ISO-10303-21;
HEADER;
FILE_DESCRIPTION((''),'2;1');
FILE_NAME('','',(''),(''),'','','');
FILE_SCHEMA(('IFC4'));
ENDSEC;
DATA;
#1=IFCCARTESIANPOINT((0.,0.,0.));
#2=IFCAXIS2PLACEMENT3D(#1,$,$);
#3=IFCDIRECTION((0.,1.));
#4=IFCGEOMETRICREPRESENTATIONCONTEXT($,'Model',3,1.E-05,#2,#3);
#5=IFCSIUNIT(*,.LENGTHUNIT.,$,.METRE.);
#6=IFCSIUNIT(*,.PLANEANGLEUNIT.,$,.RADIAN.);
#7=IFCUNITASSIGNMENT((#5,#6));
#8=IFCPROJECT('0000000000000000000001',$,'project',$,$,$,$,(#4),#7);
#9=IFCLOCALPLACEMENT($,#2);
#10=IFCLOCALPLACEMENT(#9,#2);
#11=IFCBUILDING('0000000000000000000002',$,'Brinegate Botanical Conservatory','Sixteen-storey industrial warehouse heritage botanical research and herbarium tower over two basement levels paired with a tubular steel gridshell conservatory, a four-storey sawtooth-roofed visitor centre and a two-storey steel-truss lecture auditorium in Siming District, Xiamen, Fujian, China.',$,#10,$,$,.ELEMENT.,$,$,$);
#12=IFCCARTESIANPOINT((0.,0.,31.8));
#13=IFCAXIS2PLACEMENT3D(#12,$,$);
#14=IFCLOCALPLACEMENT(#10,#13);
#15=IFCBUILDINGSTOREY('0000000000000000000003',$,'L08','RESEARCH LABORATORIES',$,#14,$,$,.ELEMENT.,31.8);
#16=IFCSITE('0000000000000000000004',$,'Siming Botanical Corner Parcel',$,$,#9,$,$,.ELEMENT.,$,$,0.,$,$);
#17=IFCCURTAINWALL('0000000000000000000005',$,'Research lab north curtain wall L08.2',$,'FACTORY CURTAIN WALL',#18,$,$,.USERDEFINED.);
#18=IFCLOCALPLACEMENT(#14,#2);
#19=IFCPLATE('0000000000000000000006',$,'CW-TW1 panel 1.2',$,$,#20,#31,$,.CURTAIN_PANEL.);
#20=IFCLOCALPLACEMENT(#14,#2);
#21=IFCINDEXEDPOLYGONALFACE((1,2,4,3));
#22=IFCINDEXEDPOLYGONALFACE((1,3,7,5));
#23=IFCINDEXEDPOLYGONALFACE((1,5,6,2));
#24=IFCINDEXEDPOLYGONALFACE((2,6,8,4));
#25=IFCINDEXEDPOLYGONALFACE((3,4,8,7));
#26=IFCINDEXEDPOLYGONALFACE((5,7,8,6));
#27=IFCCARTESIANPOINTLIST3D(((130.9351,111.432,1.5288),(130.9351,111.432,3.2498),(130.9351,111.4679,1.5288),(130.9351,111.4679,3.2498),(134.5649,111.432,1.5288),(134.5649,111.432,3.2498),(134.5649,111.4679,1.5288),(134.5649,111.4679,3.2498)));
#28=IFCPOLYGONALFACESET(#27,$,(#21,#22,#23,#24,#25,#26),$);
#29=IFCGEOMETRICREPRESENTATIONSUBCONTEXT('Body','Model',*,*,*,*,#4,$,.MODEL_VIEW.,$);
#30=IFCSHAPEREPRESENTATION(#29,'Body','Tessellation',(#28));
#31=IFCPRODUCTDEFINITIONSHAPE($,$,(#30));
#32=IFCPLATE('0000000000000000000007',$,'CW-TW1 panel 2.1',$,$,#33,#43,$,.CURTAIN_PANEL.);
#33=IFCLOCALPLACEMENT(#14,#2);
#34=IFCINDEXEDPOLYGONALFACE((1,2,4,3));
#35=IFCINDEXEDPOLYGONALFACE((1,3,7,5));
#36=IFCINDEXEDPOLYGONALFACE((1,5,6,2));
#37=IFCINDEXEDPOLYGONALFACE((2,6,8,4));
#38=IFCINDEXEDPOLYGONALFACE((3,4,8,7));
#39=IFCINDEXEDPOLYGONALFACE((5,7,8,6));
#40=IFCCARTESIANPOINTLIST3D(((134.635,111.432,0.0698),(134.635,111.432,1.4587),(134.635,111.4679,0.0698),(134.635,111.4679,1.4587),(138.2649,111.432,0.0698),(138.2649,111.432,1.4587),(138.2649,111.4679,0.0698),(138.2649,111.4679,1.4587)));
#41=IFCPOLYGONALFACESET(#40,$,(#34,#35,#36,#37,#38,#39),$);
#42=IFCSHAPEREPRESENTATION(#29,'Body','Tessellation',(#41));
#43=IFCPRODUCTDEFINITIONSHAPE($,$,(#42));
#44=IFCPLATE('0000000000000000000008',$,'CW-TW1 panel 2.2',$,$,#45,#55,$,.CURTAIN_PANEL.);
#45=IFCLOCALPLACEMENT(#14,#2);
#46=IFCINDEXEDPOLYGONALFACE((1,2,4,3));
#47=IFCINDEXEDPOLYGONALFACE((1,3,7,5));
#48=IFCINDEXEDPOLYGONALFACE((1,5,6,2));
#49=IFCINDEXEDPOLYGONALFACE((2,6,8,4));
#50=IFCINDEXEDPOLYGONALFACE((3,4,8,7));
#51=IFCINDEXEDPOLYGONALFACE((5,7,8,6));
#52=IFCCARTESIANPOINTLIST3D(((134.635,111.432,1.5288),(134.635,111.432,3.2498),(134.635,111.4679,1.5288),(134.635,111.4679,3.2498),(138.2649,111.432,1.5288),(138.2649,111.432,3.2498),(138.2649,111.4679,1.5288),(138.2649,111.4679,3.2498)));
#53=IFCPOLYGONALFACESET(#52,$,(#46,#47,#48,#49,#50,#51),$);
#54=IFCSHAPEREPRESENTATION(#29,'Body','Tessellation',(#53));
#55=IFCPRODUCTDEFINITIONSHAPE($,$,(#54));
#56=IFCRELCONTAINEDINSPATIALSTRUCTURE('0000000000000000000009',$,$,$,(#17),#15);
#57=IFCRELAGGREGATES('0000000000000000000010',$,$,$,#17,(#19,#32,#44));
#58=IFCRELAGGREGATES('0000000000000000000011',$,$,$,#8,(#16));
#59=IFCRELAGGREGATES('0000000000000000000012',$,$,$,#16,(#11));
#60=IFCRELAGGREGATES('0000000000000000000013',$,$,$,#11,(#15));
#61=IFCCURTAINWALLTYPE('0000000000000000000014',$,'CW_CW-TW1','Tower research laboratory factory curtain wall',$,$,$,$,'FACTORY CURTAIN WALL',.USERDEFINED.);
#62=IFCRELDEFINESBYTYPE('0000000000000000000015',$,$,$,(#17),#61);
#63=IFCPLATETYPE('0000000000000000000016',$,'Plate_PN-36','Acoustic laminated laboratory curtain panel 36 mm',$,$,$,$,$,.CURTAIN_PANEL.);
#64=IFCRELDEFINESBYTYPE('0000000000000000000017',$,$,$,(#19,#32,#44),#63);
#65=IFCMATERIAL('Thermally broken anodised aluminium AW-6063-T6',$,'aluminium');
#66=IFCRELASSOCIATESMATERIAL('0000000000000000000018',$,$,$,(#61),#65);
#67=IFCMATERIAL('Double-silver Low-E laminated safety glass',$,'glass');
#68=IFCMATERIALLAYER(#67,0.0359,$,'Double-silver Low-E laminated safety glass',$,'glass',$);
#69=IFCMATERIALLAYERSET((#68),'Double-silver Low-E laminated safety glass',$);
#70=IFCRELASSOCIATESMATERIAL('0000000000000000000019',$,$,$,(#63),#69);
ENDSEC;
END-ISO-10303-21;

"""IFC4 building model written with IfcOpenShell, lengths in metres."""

from ifc_helpers import new_model, si_unit, direction, frame, origin, origin_2d, place, context, subcontext, project, spatial, rectangle, extrude, material, layer, layer_set, type_object, element, aggregate, save


model = new_model("IFC4")

# Units and contexts
model_context = context("Model", 3, precision=1e-05, world=origin(), true_north=direction((0.0, 1.0)))
body_context = subcontext(model_context, "Body", "Model", "MODEL_VIEW")
ifc_project = project(units=[si_unit("LENGTHUNIT", "METRE"), si_unit("PLANEANGLEUNIT", "RADIAN")], contexts=[model_context])

# Site, building, storey
site_placement = place(None, origin())
site = spatial("IfcSite", under=ifc_project, at=site_placement, Name="Siming Botanical Corner Parcel", CompositionType="ELEMENT", RefElevation=0.0)
building_placement = place(site_placement, origin())
building = spatial("IfcBuilding", under=site, at=building_placement, Name="Brinegate Botanical Conservatory", Description="Sixteen-storey industrial warehouse heritage botanical research and herbarium tower over two basement levels paired with a tubular steel gridshell conservatory, a four-storey sawtooth-roofed visitor centre and a two-storey steel-truss lecture auditorium in Siming District, Xiamen, Fujian, China.", CompositionType="ELEMENT")
storey_placement = place(building_placement, frame((0.0, 0.0, 31.8)))
storey = spatial("IfcBuildingStorey", under=building, at=storey_placement, Name="L08", Description="RESEARCH LABORATORIES", CompositionType="ELEMENT", Elevation=31.8)

# Curtain wall, plates
ifc_material_1 = material(Name="Thermally broken anodised aluminium AW-6063-T6", Category="aluminium")
curtain_wall_type = type_object("IfcCurtainWallType", Name="CW_CW-TW1", Description="Tower research laboratory factory curtain wall", ElementType="FACTORY CURTAIN WALL", PredefinedType="USERDEFINED", material=ifc_material_1)
curtain_wall_placement = place(storey_placement, origin())
curtain_wall = element("IfcCurtainWall", 1, at=curtain_wall_placement, inside=storey, type_object=curtain_wall_type, Name="Research lab north curtain wall L08.2", ObjectType="FACTORY CURTAIN WALL", PredefinedType="USERDEFINED")
ifc_material_2 = material(Name="Double-silver Low-E laminated safety glass", Category="glass")
ifc_layer = layer(ifc_material_2, 0.0359, Name="Double-silver Low-E laminated safety glass", Category="glass")
ifc_layer_set = layer_set([ifc_layer], Name="Double-silver Low-E laminated safety glass")
plate_type = type_object("IfcPlateType", Name="Plate_PN-36", Description="Acoustic laminated laboratory curtain panel 36 mm", PredefinedType="CURTAIN_PANEL", material=ifc_layer_set)
plate_1_placement = place(storey_placement, frame((132.75, 111.45, 1.5288), z_axis=(0.0, 0.0, 1.0), x_axis=(1.0, 0.0, 0.0)))
plate_1 = element("IfcPlate", 2, at=plate_1_placement, type_object=plate_type, Name="CW-TW1 panel 1.2", PredefinedType="CURTAIN_PANEL", context=body_context, shape_type="SweptSolid", body=[
    extrude(rectangle(XDim=3.6299, YDim=0.0359, at=origin_2d()), origin(), (0.0, 0.0, 1.0), 1.7209),
])
plate_2_placement = place(storey_placement, frame((136.45, 111.45, 0.0698), z_axis=(0.0, 0.0, 1.0), x_axis=(1.0, 0.0, 0.0)))
plate_2 = element("IfcPlate", 3, at=plate_2_placement, type_object=plate_type, Name="CW-TW1 panel 2.1", PredefinedType="CURTAIN_PANEL", context=body_context, shape_type="SweptSolid", body=[
    extrude(rectangle(XDim=3.6299, YDim=0.0359, at=origin_2d()), origin(), (0.0, 0.0, 1.0), 1.3889),
])
plate_3_placement = place(storey_placement, frame((136.45, 111.45, 1.5288), z_axis=(0.0, 0.0, 1.0), x_axis=(1.0, 0.0, 0.0)))
plate_3 = element("IfcPlate", 4, at=plate_3_placement, type_object=plate_type, Name="CW-TW1 panel 2.2", PredefinedType="CURTAIN_PANEL", context=body_context, shape_type="SweptSolid", body=[
    extrude(rectangle(XDim=3.6299, YDim=0.0359, at=origin_2d()), origin(), (0.0, 0.0, 1.0), 1.7209),
])
aggregate(curtain_wall, [plate_1, plate_2, plate_3])

save(model, "model.ifc")
